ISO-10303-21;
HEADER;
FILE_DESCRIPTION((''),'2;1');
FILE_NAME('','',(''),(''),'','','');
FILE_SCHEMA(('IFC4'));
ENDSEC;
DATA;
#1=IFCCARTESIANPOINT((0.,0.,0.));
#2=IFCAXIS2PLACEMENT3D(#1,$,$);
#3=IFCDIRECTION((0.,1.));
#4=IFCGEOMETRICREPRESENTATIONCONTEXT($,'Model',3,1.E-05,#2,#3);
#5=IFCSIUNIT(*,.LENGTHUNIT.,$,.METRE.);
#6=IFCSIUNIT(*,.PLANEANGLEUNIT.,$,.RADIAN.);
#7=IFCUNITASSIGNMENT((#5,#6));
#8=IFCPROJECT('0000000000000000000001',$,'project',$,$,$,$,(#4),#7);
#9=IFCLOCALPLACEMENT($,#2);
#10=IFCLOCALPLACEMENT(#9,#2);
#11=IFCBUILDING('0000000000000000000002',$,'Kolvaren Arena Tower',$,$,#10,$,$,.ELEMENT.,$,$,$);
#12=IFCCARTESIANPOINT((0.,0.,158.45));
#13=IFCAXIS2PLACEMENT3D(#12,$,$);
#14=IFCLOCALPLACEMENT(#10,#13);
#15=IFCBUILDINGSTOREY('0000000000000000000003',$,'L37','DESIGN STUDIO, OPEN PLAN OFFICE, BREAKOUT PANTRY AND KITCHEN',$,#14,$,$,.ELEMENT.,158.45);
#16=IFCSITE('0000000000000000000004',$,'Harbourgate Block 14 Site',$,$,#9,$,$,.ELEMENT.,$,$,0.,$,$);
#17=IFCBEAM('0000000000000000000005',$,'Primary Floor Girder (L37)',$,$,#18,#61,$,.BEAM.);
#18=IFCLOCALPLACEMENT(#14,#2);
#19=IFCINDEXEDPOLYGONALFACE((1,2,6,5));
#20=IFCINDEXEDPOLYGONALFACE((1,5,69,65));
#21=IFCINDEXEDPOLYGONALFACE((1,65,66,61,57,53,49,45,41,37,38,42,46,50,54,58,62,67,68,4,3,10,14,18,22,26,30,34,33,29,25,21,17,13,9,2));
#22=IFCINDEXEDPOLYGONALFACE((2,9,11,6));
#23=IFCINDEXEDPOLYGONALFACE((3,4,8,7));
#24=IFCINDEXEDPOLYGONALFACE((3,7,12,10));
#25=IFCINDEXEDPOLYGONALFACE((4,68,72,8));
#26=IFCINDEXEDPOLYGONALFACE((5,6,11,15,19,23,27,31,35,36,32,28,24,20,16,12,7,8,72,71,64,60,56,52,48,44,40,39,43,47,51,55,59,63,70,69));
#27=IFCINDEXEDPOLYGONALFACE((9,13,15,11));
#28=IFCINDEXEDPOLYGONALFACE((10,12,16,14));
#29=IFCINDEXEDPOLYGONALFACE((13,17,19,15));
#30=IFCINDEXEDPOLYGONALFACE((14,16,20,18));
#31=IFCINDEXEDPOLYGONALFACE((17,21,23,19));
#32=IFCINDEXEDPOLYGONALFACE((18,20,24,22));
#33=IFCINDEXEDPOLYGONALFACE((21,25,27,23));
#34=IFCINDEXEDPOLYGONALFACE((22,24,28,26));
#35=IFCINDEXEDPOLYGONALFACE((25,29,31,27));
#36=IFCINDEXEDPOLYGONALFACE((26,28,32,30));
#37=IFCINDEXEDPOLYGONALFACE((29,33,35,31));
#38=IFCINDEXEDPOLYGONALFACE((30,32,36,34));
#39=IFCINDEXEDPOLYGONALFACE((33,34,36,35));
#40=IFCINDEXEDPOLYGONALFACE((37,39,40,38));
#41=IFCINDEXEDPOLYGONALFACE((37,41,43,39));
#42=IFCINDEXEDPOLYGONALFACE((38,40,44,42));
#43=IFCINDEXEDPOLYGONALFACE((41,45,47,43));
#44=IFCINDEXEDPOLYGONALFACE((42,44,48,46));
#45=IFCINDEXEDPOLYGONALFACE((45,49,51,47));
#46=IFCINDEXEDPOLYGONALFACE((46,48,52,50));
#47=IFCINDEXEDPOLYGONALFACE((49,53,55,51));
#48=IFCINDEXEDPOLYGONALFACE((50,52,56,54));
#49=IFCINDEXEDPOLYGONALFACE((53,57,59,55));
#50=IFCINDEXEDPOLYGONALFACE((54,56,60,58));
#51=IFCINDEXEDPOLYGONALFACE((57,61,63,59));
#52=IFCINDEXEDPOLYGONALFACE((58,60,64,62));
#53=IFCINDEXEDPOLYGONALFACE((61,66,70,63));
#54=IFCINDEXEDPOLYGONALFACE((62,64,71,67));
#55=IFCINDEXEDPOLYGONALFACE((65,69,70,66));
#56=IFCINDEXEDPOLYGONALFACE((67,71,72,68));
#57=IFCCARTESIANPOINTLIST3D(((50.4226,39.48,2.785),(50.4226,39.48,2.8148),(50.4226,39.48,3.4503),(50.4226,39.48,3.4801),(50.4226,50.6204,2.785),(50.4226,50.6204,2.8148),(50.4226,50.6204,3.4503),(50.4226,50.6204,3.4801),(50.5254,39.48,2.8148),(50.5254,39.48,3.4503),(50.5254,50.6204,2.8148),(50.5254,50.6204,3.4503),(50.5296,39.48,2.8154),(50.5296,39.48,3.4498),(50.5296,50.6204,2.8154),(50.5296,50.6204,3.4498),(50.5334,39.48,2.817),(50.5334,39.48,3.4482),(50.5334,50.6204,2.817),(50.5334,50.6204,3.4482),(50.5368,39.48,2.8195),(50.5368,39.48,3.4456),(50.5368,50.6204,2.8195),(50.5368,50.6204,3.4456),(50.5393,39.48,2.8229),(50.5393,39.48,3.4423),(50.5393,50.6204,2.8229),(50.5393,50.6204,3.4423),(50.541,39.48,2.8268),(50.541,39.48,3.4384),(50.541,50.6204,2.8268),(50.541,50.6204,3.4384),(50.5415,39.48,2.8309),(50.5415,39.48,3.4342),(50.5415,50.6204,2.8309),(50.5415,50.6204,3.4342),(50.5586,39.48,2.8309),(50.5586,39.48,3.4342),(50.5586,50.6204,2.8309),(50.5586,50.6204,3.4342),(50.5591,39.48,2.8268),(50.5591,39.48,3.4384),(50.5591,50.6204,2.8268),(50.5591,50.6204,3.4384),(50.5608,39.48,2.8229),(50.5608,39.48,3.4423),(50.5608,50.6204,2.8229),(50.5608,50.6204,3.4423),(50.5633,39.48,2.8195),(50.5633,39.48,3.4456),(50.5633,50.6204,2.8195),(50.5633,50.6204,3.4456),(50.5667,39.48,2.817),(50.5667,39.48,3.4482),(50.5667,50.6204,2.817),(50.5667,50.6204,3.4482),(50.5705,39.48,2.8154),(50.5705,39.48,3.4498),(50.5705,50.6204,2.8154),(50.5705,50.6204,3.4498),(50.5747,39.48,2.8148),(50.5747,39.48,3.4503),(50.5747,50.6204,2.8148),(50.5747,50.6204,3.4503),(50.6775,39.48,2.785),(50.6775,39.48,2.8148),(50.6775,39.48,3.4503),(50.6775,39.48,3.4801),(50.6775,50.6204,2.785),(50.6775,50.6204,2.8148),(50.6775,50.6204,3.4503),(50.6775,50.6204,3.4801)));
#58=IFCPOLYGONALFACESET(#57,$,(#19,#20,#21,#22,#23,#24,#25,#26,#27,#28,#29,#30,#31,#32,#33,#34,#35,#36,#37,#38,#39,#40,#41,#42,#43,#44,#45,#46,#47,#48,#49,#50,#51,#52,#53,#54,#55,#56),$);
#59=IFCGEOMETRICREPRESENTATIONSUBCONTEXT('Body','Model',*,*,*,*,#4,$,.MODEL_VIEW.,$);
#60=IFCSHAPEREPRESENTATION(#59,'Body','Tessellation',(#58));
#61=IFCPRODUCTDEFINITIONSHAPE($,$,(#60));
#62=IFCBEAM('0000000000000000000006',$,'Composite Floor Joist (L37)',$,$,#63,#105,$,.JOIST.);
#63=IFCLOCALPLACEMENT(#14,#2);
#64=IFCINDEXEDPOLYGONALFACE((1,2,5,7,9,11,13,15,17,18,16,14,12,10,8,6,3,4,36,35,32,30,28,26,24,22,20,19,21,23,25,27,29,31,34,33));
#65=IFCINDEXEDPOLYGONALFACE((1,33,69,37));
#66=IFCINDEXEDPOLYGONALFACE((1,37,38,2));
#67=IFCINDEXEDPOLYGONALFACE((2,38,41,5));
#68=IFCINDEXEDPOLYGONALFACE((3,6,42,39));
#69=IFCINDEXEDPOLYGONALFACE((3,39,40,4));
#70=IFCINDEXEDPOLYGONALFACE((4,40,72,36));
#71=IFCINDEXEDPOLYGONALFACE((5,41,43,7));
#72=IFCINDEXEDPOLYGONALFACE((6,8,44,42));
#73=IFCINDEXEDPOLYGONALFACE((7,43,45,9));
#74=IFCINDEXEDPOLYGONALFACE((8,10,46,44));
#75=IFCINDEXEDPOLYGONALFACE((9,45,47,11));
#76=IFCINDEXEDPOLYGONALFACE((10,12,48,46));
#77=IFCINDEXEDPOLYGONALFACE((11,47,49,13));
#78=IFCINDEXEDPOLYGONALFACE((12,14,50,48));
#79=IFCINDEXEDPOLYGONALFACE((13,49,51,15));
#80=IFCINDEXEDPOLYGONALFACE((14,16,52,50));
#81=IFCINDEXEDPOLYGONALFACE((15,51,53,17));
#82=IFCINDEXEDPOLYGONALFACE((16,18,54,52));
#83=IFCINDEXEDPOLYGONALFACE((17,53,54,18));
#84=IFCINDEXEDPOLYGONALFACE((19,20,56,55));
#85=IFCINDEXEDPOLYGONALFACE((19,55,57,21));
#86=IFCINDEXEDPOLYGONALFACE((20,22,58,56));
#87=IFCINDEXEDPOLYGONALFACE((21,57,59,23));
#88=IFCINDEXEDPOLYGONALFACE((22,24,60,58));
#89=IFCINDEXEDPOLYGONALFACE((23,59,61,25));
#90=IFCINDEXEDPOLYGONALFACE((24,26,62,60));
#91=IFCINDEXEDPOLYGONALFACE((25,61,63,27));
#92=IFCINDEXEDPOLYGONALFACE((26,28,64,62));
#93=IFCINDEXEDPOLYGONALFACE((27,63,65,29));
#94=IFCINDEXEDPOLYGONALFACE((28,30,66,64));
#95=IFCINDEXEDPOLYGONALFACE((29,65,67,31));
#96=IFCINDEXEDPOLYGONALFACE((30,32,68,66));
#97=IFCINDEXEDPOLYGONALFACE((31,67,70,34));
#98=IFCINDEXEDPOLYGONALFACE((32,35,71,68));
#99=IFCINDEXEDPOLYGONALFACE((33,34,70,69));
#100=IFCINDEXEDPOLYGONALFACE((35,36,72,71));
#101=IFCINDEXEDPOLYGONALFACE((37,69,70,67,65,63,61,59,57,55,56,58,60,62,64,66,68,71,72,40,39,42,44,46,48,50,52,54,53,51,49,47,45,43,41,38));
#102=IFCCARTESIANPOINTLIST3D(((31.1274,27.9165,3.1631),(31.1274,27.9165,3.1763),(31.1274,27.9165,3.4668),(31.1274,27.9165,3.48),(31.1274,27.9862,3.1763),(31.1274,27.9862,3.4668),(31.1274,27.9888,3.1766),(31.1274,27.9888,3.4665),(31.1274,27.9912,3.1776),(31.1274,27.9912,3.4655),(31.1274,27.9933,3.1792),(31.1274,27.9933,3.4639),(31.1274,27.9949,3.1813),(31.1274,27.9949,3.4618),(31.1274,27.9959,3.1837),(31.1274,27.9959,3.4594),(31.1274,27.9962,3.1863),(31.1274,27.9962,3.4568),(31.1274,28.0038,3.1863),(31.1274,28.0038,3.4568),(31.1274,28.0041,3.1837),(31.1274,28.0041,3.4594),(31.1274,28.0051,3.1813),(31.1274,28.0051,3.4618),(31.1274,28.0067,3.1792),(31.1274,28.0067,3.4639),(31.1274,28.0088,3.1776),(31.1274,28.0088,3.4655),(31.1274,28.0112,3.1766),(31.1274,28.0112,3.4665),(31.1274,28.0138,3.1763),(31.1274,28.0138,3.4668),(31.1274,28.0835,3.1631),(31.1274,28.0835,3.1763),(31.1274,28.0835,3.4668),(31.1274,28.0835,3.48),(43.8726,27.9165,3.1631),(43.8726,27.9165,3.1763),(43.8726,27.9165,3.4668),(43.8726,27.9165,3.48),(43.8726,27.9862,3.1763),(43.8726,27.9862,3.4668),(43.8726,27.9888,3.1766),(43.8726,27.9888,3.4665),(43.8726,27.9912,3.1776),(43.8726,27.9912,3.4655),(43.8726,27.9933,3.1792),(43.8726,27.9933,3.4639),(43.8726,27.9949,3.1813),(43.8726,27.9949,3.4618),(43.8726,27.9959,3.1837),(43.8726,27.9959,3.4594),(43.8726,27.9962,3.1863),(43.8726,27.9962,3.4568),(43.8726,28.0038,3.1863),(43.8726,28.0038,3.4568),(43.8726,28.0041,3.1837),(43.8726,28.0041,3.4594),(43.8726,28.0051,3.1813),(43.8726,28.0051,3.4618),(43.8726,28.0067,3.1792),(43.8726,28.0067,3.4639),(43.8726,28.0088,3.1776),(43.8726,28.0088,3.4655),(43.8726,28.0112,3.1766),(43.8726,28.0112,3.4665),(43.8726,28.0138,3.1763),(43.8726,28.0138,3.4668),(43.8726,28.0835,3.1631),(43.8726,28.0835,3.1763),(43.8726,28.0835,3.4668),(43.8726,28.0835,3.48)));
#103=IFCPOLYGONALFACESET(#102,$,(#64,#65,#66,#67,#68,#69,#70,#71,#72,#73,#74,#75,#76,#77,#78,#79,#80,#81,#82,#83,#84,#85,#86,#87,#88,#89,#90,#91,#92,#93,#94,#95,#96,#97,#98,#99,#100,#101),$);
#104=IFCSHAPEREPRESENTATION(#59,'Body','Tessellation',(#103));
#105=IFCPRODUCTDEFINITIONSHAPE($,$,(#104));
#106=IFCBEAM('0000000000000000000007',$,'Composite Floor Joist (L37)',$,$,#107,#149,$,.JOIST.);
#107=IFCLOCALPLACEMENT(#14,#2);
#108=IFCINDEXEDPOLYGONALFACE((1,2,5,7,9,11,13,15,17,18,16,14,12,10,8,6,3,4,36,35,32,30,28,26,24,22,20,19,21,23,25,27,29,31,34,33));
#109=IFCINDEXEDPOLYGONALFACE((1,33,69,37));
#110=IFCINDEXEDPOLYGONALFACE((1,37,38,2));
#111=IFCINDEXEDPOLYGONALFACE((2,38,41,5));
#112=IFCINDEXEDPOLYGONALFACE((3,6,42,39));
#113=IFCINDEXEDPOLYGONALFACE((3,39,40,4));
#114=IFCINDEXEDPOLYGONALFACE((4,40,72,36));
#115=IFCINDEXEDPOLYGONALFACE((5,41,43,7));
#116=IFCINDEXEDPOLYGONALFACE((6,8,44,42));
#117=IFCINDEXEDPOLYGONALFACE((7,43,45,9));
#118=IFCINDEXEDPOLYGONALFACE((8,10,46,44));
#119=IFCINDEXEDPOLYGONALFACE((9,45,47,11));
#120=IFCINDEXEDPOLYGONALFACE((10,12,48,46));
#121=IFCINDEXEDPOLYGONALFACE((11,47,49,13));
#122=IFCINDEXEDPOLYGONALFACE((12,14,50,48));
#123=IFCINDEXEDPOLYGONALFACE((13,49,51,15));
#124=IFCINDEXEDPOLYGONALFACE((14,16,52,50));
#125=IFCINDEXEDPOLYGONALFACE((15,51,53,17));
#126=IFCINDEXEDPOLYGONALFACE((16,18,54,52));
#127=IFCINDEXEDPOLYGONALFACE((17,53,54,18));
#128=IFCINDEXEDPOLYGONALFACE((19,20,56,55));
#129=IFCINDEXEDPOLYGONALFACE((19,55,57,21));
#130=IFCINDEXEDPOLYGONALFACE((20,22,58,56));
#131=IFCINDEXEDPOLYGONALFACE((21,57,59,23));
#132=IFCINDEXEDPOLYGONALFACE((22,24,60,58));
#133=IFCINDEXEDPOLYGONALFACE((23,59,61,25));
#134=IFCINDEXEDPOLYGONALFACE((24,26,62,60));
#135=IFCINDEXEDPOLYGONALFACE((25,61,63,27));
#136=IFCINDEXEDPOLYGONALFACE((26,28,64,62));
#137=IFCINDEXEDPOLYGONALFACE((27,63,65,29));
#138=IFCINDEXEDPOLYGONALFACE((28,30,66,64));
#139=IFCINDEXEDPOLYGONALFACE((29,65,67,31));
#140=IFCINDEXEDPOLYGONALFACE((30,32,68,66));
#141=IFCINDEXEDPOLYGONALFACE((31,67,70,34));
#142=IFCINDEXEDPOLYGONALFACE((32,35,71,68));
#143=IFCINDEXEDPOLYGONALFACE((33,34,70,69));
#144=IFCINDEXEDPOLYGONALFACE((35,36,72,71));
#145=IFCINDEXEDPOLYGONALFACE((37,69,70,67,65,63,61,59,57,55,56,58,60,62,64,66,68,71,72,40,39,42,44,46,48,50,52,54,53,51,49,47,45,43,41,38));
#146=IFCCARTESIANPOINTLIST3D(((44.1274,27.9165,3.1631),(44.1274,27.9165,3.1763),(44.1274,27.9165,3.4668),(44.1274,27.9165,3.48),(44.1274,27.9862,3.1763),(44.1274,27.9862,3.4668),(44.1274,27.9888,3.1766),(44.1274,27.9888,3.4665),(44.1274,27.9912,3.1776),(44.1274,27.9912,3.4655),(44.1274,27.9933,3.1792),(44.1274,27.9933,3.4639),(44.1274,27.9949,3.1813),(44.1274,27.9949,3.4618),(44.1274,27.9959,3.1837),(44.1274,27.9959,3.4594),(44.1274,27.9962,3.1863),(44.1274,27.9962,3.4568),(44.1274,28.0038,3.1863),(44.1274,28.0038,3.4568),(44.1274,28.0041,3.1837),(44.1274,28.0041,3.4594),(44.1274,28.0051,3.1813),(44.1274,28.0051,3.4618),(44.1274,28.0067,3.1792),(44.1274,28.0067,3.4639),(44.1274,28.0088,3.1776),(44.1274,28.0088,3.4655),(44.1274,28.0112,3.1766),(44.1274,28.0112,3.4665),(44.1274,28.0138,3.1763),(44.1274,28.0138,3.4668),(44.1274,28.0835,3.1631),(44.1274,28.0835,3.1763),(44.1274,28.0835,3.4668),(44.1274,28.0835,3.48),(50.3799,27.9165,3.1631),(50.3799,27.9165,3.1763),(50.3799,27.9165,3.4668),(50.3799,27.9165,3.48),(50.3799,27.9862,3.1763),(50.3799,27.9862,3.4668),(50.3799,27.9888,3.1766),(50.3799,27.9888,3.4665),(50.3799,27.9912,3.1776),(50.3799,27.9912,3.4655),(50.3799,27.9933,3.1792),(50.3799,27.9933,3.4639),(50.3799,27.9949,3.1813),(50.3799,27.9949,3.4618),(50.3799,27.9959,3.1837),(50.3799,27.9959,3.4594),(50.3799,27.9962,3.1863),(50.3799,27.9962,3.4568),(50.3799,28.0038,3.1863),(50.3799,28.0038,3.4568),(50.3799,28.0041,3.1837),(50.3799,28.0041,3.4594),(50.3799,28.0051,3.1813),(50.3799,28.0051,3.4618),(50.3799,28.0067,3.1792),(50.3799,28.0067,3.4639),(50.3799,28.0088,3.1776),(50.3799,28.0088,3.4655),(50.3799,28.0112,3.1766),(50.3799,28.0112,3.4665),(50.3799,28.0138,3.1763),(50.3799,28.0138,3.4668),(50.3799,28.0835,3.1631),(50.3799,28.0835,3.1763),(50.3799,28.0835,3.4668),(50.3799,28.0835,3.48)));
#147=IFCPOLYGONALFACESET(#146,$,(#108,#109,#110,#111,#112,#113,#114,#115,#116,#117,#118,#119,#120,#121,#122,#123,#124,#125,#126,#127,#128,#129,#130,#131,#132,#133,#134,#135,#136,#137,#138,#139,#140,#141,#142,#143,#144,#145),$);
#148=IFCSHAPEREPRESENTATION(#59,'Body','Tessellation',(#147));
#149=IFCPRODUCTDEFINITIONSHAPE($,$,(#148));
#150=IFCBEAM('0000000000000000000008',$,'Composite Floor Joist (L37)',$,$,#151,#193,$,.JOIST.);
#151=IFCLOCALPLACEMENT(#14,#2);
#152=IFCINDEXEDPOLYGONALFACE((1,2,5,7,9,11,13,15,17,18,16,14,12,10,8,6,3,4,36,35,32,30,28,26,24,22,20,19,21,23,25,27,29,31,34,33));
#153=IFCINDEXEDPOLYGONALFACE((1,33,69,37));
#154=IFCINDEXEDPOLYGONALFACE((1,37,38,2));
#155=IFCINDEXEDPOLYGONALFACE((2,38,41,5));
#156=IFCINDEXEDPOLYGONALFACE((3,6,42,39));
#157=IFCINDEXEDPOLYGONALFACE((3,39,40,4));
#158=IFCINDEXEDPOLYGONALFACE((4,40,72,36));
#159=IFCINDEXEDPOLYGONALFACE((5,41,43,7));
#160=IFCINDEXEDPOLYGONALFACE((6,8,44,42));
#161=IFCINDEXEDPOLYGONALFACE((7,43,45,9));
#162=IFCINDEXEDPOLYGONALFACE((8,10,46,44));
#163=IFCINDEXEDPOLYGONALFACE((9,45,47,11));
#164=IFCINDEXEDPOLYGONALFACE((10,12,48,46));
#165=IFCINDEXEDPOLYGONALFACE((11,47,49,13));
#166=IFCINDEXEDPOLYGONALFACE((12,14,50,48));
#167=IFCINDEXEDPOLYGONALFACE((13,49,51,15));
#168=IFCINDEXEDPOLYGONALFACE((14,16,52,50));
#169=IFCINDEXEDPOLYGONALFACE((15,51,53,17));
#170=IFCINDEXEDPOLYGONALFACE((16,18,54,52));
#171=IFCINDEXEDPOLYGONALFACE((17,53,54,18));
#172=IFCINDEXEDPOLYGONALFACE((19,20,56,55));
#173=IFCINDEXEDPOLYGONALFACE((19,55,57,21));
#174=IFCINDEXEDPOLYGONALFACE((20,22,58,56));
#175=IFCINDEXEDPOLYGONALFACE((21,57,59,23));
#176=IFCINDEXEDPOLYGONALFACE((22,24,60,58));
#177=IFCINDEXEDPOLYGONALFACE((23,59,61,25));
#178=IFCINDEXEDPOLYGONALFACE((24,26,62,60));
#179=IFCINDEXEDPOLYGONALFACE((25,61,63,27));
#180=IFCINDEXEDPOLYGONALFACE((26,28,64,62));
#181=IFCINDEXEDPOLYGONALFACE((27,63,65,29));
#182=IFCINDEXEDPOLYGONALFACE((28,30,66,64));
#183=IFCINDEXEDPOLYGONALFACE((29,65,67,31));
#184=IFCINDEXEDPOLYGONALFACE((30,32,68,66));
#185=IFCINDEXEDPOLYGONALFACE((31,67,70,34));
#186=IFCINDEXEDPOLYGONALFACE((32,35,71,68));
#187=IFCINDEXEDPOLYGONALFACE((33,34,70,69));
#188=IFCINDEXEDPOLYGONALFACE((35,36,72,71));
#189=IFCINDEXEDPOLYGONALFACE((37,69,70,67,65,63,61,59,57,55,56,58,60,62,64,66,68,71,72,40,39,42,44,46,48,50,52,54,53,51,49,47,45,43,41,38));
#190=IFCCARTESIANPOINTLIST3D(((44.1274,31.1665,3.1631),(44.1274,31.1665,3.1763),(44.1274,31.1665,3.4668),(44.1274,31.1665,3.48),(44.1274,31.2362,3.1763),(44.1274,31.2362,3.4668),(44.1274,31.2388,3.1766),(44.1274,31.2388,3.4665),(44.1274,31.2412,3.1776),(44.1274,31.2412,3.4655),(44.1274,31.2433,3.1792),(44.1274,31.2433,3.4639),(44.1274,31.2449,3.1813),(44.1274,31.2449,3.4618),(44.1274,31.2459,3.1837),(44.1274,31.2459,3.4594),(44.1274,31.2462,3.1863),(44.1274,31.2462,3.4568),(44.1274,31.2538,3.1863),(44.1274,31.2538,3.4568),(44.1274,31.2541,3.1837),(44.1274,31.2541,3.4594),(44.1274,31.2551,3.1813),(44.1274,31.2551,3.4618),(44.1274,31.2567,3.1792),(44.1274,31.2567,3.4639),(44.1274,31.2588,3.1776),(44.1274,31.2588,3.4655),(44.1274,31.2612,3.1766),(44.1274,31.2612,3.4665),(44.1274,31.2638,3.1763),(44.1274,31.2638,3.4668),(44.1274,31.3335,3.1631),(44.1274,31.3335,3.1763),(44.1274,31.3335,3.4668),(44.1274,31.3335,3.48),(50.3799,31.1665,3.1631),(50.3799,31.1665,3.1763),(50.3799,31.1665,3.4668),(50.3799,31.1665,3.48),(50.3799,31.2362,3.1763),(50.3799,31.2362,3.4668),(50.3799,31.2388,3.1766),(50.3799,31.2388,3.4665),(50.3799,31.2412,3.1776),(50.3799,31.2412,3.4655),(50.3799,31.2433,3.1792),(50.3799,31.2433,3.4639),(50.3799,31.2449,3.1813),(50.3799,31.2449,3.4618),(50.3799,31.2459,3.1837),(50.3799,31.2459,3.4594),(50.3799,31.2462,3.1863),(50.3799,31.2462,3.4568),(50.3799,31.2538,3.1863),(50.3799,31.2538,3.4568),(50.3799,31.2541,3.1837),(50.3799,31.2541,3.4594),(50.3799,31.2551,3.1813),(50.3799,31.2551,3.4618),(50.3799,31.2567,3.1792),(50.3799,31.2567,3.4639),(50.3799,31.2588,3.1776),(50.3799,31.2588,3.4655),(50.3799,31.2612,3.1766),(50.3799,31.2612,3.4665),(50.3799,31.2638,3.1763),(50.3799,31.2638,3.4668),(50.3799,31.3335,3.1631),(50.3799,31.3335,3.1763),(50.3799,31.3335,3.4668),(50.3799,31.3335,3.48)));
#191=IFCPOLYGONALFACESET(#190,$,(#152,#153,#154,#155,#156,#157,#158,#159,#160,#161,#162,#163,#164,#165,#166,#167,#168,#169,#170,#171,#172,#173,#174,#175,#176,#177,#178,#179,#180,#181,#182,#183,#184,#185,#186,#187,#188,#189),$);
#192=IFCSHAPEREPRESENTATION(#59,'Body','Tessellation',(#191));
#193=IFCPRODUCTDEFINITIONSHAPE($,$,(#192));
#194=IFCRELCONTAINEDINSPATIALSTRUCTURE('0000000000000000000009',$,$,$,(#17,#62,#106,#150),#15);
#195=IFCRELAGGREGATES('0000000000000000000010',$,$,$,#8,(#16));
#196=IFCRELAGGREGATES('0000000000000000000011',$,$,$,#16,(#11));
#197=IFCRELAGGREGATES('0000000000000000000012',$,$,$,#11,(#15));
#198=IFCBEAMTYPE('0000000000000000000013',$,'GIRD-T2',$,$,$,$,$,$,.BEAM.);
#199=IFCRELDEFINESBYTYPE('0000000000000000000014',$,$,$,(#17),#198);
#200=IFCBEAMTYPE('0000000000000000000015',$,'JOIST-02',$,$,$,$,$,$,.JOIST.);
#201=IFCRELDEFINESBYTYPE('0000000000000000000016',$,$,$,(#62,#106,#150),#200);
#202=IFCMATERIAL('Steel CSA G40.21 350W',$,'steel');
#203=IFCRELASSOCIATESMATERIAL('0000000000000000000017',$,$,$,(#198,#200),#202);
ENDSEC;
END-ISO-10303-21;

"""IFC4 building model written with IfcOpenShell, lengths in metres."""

from ifc_helpers import new_model, si_unit, direction, frame, origin, origin_2d, place, context, subcontext, project, spatial, i_section, extrude, material, material_profile, profile_set, type_object, element, save


model = new_model("IFC4")

# Units and contexts
model_context = context("Model", 3, precision=1e-05, world=origin(), true_north=direction((0.0, 1.0)))
body_context = subcontext(model_context, "Body", "Model", "MODEL_VIEW")
ifc_project = project(units=[si_unit("LENGTHUNIT", "METRE"), si_unit("PLANEANGLEUNIT", "RADIAN")], contexts=[model_context])

# Site, building, storey
site_placement = place(None, origin())
site = spatial("IfcSite", under=ifc_project, at=site_placement, Name="Harbourgate Block 14 Site", CompositionType="ELEMENT", RefElevation=0.0)
building_placement = place(site_placement, origin())
building = spatial("IfcBuilding", under=site, at=building_placement, Name="Kolvaren Arena Tower", CompositionType="ELEMENT")
storey_placement = place(building_placement, frame((0.0, 0.0, 158.45)))
storey = spatial("IfcBuildingStorey", under=building, at=storey_placement, Name="L37", Description="DESIGN STUDIO, OPEN PLAN OFFICE, BREAKOUT PANTRY AND KITCHEN", CompositionType="ELEMENT", Elevation=158.45)

# Beams
ifc_material_1 = material(Name="Steel CSA G40.21 350W", Category="steel")
ifc_material_profile_1 = material_profile(ifc_material_1, i_section(OverallWidth=0.2549, OverallDepth=0.6951, WebThickness=0.0171, FlangeThickness=0.0298, FilletRadius=0.0161, at=origin_2d()), Name="W690x217")
ifc_profile_set_1 = profile_set([ifc_material_profile_1], Name="Steel CSA G40.21 350W")
beam_type_1 = type_object("IfcBeamType", Name="GIRD-T2", PredefinedType="BEAM", material=ifc_profile_set_1)
beam_1_placement = place(storey_placement, frame((50.55, 39.48, 3.1326), z_axis=(0.0, 1.0, 0.0), x_axis=(-1.0, 0.0, 0.0)))
element("IfcBeam", 1, at=beam_1_placement, inside=storey, type_object=beam_type_1, Name="Primary Floor Girder (L37)", PredefinedType="BEAM", context=body_context, shape_type="SweptSolid", body=[
    extrude(i_section(OverallWidth=0.2549, OverallDepth=0.6951, WebThickness=0.0171, FlangeThickness=0.0298, FilletRadius=0.0161, at=origin_2d()), origin(), (0.0, 0.0, 1.0), 11.1404),
])
ifc_material_profile_2 = material_profile(ifc_material_1, i_section(OverallWidth=0.167, OverallDepth=0.3169, WebThickness=0.0076, FlangeThickness=0.0132, FilletRadius=0.01, at=origin_2d()), Name="W310x52")
ifc_profile_set_2 = profile_set([ifc_material_profile_2], Name="Steel CSA G40.21 350W")
beam_type_2 = type_object("IfcBeamType", Name="JOIST-02", PredefinedType="JOIST", material=ifc_profile_set_2)
beam_2_placement = place(storey_placement, frame((31.1274, 28.0, 3.3215), z_axis=(1.0, 0.0, 0.0), x_axis=(0.0, 1.0, 0.0)))
element("IfcBeam", 2, at=beam_2_placement, inside=storey, type_object=beam_type_2, Name="Composite Floor Joist (L37)", PredefinedType="JOIST", context=body_context, shape_type="SweptSolid", body=[
    extrude(i_section(OverallWidth=0.167, OverallDepth=0.3169, WebThickness=0.0076, FlangeThickness=0.0132, FilletRadius=0.01, at=origin_2d()), origin(), (0.0, 0.0, 1.0), 12.7451),
])
for number, where, z_axis, x_axis, name in (
    (3, (44.1274, 28.0, 3.3215), (1.0, 0.0, 0.0), (0.0, 1.0, 0.0), "Composite Floor Joist (L37)"),
    (4, (44.1274, 31.25, 3.3215), (1.0, 0.0, 0.0), (0.0, 1.0, 0.0), "Composite Floor Joist (L37)"),
):
    element("IfcBeam", number, at=place(storey_placement, frame(where, z_axis=z_axis, x_axis=x_axis)), inside=storey, type_object=beam_type_2, Name=name, PredefinedType="JOIST", context=body_context, shape_type="SweptSolid", body=[
        extrude(i_section(OverallWidth=0.167, OverallDepth=0.3169, WebThickness=0.0076, FlangeThickness=0.0132, FilletRadius=0.01, at=origin_2d()), origin(), (0.0, 0.0, 1.0), 6.2524),
    ])

save(model, "model.ifc")
